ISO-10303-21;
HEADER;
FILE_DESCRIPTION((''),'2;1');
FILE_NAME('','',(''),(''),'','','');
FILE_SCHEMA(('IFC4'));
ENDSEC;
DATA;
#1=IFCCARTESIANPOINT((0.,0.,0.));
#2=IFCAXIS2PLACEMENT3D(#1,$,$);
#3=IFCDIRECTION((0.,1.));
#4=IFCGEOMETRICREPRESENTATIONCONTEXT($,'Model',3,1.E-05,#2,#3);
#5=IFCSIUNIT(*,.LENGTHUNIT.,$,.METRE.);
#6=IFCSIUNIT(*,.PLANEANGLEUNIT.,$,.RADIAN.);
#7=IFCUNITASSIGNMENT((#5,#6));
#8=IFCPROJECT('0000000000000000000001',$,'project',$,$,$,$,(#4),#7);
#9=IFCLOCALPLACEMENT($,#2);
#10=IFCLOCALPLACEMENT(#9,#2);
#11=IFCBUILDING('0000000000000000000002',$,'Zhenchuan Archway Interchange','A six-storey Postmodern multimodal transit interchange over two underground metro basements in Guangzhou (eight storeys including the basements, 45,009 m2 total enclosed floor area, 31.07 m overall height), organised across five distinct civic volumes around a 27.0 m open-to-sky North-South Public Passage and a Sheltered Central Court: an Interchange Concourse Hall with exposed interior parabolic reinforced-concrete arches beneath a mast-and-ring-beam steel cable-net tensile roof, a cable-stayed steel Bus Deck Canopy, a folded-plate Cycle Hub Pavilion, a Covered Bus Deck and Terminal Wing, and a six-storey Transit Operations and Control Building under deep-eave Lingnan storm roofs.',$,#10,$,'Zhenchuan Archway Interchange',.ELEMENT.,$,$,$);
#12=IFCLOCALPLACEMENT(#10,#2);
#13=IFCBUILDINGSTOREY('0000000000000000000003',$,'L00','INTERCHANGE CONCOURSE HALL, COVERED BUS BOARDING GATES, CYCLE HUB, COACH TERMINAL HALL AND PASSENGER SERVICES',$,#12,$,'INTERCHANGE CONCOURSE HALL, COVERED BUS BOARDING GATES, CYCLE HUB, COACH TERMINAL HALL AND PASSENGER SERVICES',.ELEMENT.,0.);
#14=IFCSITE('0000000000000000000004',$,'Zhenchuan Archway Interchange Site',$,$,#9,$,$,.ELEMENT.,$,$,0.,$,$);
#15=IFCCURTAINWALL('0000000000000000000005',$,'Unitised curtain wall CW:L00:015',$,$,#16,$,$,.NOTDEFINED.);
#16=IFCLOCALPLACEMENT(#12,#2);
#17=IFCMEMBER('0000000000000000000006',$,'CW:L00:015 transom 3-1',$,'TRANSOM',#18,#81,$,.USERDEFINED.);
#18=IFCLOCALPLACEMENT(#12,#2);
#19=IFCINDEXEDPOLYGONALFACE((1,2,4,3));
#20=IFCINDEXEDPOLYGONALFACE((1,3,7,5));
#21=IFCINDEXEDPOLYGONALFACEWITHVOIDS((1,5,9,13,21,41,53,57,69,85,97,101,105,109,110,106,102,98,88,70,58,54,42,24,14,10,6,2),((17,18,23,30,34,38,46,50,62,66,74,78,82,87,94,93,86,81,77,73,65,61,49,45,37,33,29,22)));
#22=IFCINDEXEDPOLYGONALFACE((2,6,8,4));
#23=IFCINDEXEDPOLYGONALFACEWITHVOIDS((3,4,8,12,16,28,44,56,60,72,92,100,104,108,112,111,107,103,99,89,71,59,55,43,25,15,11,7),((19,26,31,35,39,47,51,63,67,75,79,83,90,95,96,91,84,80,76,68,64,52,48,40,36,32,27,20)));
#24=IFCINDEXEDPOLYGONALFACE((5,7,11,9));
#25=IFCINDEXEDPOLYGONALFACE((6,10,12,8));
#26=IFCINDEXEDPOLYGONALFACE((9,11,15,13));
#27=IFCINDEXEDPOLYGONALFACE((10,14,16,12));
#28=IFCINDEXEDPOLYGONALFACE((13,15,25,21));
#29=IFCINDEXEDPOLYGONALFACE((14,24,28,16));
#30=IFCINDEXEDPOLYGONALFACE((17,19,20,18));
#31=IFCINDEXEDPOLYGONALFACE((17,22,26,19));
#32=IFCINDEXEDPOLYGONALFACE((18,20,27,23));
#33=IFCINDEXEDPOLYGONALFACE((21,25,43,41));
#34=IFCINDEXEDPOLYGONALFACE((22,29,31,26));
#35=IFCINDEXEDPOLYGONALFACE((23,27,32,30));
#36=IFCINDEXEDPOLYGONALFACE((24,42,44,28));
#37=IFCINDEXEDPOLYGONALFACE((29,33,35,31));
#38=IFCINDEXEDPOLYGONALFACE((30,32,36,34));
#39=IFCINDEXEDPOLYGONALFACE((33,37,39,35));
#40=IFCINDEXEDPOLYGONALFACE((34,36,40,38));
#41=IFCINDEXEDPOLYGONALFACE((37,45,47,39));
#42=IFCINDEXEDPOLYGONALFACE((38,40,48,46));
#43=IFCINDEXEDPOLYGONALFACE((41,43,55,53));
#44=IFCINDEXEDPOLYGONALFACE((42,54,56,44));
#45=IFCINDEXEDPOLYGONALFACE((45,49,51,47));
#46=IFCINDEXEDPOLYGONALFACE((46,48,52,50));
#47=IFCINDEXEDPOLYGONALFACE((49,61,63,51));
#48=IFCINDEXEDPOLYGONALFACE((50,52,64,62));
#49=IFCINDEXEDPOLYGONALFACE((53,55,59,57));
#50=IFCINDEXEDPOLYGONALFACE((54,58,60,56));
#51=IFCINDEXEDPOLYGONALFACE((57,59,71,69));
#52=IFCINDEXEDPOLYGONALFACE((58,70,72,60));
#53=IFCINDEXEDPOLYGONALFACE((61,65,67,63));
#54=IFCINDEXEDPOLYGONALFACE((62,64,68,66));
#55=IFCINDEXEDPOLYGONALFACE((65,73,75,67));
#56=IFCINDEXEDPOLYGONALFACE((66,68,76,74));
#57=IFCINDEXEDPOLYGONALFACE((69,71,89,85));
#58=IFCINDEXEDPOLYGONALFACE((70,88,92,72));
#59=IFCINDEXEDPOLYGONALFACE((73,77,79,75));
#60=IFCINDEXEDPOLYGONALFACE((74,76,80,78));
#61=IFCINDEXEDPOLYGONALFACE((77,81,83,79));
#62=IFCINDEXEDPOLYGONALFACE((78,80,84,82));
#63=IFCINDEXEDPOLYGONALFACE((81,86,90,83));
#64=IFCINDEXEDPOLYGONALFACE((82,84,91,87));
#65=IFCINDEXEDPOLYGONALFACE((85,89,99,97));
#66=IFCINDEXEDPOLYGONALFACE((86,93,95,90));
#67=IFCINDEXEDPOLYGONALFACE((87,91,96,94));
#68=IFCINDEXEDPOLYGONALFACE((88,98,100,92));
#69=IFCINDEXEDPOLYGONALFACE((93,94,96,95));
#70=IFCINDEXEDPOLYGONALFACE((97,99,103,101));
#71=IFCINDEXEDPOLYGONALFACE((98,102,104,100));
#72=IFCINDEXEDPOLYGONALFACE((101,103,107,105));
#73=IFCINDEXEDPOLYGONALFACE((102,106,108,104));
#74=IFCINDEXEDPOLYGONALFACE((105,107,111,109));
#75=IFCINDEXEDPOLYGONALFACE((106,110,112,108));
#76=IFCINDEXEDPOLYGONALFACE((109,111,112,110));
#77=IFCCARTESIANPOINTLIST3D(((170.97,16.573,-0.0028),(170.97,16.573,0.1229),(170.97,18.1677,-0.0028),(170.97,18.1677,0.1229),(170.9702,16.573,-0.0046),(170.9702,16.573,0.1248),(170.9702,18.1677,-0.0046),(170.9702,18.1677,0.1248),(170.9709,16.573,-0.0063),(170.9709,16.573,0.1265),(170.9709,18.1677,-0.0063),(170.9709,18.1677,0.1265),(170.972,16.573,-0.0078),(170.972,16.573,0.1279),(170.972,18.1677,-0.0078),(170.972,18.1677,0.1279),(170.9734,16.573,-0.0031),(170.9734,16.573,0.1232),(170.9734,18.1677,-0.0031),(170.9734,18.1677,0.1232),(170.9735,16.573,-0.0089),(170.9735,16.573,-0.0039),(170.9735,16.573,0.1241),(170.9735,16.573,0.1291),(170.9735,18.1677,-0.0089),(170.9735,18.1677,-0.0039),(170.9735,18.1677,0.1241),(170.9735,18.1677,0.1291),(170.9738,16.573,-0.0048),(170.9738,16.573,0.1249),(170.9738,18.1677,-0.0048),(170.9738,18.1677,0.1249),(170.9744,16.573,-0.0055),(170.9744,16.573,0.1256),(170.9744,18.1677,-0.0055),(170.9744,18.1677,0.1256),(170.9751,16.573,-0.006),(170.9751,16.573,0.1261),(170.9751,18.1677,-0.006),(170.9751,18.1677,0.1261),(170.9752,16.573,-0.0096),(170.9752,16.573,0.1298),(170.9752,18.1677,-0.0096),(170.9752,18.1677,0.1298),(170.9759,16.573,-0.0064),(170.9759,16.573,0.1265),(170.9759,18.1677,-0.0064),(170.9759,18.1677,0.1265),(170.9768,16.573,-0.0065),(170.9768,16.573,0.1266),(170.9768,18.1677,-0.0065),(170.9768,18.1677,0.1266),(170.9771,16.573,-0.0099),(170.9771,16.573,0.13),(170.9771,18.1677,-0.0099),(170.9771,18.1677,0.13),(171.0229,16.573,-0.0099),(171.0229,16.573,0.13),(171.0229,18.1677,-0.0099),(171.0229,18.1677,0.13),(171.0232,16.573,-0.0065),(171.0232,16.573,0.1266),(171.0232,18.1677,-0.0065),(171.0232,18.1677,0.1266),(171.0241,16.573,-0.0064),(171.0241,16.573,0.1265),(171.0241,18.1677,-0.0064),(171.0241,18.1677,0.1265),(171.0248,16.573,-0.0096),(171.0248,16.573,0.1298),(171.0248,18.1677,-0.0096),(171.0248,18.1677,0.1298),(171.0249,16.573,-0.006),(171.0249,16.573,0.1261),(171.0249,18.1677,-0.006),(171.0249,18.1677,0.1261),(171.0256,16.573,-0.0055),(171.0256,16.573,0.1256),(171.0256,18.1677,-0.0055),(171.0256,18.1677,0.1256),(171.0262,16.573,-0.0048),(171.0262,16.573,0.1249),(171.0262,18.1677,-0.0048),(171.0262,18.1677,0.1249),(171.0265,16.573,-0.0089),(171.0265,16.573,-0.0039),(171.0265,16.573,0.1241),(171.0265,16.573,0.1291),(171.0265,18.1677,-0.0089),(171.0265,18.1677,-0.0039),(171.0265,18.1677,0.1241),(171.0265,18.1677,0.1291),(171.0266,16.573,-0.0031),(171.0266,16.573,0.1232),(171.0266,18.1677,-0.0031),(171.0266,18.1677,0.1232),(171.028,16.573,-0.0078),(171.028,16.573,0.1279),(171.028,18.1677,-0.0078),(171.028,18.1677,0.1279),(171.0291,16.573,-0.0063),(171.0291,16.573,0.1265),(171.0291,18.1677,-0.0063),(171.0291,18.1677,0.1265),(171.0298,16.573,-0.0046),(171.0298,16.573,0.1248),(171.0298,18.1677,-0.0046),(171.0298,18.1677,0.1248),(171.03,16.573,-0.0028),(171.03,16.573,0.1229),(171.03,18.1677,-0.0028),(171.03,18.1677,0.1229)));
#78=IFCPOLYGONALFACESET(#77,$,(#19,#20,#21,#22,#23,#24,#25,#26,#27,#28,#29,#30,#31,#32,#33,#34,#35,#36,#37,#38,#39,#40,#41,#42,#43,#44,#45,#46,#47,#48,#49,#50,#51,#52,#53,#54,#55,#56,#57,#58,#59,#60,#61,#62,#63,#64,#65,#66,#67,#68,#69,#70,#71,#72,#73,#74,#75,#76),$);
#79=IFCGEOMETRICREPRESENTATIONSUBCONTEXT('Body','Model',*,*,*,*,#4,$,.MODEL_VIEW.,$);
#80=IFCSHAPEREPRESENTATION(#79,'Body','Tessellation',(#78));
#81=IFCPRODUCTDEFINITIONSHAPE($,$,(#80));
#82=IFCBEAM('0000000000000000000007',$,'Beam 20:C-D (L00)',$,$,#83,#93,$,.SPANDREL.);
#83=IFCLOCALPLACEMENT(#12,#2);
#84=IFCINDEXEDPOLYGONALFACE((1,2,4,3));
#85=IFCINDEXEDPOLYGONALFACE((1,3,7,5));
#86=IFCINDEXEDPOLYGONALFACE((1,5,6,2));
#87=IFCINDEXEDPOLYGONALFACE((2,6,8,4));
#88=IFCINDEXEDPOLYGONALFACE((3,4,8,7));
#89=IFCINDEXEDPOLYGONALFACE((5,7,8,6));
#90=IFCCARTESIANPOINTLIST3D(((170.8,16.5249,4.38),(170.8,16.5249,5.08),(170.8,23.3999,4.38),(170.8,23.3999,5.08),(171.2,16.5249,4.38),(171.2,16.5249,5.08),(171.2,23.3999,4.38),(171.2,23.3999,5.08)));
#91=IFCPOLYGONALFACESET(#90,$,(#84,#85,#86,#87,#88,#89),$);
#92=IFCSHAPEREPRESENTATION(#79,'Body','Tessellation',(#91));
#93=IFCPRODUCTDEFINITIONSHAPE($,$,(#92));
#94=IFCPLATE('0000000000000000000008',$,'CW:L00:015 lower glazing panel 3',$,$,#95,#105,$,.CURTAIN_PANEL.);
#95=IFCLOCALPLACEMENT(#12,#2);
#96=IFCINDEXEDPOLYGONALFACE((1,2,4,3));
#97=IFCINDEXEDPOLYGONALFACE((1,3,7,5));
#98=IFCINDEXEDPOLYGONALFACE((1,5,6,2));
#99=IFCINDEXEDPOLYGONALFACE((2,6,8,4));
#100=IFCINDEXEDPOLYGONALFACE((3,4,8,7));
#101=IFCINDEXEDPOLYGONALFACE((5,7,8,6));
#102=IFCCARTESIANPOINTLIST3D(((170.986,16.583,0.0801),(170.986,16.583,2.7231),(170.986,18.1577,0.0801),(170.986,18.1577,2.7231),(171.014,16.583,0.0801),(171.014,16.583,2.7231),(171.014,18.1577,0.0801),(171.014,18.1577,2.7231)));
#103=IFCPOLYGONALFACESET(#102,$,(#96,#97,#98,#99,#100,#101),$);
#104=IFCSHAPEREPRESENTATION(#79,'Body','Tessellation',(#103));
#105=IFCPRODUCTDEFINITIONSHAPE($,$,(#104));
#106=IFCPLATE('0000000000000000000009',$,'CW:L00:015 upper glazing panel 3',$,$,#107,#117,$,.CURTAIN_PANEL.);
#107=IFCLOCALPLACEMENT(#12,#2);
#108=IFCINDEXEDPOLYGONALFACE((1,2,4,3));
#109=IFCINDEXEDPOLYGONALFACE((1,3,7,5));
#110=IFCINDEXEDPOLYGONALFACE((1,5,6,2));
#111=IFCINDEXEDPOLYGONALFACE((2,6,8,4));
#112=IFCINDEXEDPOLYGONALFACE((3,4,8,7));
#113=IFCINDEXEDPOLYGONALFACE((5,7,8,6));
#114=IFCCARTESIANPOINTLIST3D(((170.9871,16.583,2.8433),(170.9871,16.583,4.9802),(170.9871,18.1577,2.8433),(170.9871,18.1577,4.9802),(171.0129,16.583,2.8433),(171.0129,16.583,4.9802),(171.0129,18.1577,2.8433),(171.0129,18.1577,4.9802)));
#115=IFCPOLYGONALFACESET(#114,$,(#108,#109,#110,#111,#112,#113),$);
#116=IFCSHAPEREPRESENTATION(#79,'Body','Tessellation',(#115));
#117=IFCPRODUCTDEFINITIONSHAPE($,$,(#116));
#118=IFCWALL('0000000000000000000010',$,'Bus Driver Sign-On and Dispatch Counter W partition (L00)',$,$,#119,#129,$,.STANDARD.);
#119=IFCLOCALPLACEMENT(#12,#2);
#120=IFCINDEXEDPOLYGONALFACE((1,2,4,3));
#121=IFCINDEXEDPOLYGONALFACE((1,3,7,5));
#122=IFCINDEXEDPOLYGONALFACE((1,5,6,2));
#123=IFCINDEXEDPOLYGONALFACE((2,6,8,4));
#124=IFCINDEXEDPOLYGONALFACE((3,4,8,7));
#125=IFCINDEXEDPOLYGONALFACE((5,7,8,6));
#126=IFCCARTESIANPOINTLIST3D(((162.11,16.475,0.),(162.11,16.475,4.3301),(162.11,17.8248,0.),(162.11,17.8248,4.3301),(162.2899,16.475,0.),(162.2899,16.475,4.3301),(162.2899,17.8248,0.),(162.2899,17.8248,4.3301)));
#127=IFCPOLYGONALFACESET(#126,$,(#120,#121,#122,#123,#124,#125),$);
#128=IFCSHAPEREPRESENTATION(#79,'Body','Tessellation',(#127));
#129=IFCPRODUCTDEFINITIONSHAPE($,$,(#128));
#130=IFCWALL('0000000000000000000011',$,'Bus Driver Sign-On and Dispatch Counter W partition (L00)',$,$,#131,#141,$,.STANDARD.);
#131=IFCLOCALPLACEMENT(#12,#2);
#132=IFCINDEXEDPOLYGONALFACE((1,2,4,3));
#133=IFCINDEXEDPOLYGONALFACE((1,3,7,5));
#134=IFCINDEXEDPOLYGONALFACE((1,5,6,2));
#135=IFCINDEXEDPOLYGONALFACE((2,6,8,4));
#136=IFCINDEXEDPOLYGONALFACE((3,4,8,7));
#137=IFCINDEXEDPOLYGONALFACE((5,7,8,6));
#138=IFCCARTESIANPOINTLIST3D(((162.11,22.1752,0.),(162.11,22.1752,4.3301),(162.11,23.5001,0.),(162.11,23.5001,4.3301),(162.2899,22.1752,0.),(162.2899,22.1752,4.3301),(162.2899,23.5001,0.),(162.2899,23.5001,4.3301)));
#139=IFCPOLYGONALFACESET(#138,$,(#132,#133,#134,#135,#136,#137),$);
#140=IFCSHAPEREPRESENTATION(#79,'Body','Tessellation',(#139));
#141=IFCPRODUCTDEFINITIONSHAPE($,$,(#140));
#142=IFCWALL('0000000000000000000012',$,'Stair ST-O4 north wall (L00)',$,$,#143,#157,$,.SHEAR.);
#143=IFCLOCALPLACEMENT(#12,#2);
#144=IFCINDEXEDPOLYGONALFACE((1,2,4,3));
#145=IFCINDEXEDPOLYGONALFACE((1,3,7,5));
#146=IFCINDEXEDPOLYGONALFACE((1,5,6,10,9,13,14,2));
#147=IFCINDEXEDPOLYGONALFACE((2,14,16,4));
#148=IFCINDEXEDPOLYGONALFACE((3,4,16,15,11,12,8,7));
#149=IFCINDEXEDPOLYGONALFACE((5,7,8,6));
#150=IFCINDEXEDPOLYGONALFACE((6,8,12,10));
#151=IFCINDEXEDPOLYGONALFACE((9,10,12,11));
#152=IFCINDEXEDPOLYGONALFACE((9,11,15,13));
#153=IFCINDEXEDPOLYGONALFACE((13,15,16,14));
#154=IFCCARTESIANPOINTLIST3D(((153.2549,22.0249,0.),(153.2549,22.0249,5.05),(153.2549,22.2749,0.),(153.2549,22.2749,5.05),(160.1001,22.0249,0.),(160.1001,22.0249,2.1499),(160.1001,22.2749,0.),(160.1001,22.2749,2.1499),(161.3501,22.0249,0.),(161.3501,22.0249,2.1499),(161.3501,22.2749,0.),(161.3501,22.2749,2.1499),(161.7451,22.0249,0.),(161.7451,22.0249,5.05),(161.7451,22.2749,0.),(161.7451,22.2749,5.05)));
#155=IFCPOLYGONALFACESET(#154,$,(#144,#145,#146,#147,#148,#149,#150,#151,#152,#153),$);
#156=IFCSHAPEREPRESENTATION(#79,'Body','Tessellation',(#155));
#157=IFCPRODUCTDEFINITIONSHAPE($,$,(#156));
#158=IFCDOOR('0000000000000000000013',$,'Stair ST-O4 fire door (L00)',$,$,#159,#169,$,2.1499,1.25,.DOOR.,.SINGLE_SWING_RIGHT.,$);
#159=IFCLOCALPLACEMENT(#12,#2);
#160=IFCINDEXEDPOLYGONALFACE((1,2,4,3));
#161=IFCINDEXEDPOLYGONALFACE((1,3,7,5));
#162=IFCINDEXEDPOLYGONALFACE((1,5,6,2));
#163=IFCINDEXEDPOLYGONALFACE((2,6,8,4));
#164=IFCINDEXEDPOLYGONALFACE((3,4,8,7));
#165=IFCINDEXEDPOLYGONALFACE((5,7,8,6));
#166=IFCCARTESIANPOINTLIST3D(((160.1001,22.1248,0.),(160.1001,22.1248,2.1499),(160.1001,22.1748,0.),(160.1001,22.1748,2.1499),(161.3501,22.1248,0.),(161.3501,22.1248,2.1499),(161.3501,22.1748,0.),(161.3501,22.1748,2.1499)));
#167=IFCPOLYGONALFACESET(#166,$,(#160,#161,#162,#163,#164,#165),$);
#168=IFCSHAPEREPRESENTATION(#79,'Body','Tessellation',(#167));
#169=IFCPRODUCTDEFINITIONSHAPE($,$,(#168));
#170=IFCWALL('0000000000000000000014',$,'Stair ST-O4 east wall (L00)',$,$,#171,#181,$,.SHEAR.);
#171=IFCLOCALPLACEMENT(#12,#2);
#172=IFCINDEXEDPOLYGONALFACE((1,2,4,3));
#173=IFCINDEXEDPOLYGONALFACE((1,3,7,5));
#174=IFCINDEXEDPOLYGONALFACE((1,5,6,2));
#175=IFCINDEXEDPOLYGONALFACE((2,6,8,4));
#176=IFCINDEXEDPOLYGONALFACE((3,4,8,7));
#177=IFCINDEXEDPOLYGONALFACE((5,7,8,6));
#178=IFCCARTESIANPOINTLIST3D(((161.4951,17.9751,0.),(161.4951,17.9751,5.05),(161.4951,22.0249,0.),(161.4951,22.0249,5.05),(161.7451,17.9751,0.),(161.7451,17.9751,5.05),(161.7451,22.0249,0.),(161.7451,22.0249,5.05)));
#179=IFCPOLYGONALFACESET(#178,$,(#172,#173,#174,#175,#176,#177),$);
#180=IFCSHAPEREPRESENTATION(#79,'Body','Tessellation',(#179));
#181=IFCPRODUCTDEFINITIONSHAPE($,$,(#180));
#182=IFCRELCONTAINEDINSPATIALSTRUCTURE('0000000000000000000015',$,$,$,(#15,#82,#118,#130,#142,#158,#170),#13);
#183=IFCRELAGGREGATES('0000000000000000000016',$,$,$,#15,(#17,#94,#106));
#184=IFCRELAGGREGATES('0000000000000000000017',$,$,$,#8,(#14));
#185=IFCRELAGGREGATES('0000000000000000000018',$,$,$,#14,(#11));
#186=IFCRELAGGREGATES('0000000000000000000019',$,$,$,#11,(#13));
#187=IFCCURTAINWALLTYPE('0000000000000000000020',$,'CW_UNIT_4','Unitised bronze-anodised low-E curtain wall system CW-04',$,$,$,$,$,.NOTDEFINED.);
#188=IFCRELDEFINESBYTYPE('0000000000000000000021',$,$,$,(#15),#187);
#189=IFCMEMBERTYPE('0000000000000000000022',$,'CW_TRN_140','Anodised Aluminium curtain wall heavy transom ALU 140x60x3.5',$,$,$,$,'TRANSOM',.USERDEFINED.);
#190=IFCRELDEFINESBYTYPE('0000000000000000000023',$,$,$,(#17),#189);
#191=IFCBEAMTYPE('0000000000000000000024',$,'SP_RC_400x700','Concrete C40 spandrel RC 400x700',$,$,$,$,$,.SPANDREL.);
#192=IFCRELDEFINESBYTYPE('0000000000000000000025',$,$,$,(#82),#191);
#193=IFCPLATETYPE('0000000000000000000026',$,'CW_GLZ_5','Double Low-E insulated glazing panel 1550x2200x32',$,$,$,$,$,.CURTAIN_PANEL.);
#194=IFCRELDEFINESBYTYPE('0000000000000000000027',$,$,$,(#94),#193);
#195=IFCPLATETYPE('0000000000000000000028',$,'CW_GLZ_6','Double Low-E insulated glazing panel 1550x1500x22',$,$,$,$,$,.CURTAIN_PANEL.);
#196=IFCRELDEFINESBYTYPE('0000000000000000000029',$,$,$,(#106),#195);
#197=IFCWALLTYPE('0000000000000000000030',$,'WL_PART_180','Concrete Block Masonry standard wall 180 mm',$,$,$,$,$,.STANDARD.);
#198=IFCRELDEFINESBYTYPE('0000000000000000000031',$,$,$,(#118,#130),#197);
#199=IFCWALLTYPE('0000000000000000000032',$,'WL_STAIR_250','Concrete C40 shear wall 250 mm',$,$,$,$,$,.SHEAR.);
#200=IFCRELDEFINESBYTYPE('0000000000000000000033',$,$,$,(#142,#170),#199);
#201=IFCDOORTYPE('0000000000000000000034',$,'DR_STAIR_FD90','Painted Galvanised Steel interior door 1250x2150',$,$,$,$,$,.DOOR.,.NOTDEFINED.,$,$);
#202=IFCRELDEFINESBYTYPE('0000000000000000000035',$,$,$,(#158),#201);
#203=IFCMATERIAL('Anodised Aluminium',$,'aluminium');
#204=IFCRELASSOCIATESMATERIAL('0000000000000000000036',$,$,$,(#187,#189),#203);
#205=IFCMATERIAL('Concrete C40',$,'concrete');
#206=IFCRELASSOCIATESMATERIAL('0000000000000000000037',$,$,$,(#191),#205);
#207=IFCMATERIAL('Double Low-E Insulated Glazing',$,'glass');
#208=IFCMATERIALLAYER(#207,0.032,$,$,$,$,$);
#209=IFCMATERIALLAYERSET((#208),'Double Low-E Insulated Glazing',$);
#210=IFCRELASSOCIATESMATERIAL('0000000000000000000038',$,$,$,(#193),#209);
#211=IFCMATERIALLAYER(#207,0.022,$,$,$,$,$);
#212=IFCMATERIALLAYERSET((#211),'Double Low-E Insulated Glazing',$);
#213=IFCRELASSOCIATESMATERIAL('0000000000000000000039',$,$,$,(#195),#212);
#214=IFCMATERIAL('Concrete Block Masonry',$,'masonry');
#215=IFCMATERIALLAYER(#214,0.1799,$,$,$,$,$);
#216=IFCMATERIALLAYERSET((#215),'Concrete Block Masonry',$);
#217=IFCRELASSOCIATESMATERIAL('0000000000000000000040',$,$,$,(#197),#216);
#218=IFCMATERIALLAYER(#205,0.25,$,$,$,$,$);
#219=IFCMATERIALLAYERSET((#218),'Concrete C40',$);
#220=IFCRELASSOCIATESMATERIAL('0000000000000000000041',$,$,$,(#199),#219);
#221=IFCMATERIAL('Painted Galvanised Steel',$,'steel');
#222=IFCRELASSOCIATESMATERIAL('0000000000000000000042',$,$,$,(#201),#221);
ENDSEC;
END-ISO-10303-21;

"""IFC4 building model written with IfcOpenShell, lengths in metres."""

from ifc_helpers import new_model, si_unit, direction, frame, frame_2d, origin, origin_2d, place, context, subcontext, project, spatial, rectangle, hollow_rectangle, extrude, material, layer, layer_set, material_profile, profile_set, type_object, element, fill, aggregate, save


model = new_model("IFC4")

# Units and contexts
model_context = context("Model", 3, precision=1e-05, world=origin(), true_north=direction((0.0, 1.0)))
body_context = subcontext(model_context, "Body", "Model", "MODEL_VIEW")
ifc_project = project(units=[si_unit("LENGTHUNIT", "METRE"), si_unit("PLANEANGLEUNIT", "RADIAN")], contexts=[model_context])

# Site, building, storey
site_placement = place(None, origin())
site = spatial("IfcSite", under=ifc_project, at=site_placement, Name="Zhenchuan Archway Interchange Site", CompositionType="ELEMENT", RefElevation=0.0)
building_placement = place(site_placement, origin())
building = spatial("IfcBuilding", under=site, at=building_placement, Name="Zhenchuan Archway Interchange", Description="A six-storey Postmodern multimodal transit interchange over two underground metro basements in Guangzhou (eight storeys including the basements, 45,009 m2 total enclosed floor area, 31.07 m overall height), organised across five distinct civic volumes around a 27.0 m open-to-sky North-South Public Passage and a Sheltered Central Court: an Interchange Concourse Hall with exposed interior parabolic reinforced-concrete arches beneath a mast-and-ring-beam steel cable-net tensile roof, a cable-stayed steel Bus Deck Canopy, a folded-plate Cycle Hub Pavilion, a Covered Bus Deck and Terminal Wing, and a six-storey Transit Operations and Control Building under deep-eave Lingnan storm roofs.", LongName="Zhenchuan Archway Interchange", CompositionType="ELEMENT")
storey_placement = place(building_placement, origin())
storey = spatial("IfcBuildingStorey", under=building, at=storey_placement, Name="L00", Description="INTERCHANGE CONCOURSE HALL, COVERED BUS BOARDING GATES, CYCLE HUB, COACH TERMINAL HALL AND PASSENGER SERVICES", LongName="INTERCHANGE CONCOURSE HALL, COVERED BUS BOARDING GATES, CYCLE HUB, COACH TERMINAL HALL AND PASSENGER SERVICES", CompositionType="ELEMENT", Elevation=0.0)

# Shared definitions
ifc_material_1 = material(Name="Concrete C40", Category="concrete")

# Curtain wall, member
ifc_material_2 = material(Name="Anodised Aluminium", Category="aluminium")
curtain_wall_type = type_object("IfcCurtainWallType", Name="CW_UNIT_4", Description="Unitised bronze-anodised low-E curtain wall system CW-04", PredefinedType="NOTDEFINED", material=ifc_material_2)
curtain_wall_placement = place(storey_placement, origin())
curtain_wall = element("IfcCurtainWall", 1, at=curtain_wall_placement, inside=storey, type_object=curtain_wall_type, Name="Unitised curtain wall CW:L00:015", PredefinedType="NOTDEFINED")
ifc_material_profile_1 = material_profile(ifc_material_2, hollow_rectangle(XDim=0.0601, YDim=0.1399, WallThickness=0.0034, InnerFilletRadius=0.0034, OuterFilletRadius=0.0071, at=origin_2d()), Name="ALU 140x60x3.5")
ifc_profile_set_1 = profile_set([ifc_material_profile_1], Name="Anodised Aluminium")
member_type_1 = type_object("IfcMemberType", Name="CW_TRN_140", Description="Anodised Aluminium curtain wall heavy transom ALU 140x60x3.5", ElementType="TRANSOM", PredefinedType="USERDEFINED", material=ifc_profile_set_1)
member_1_placement = place(storey_placement, frame((171.0, 18.1677, 0.0601), z_axis=(0.0, -1.0, 0.0), x_axis=(1.0, 0.0, 0.0)))
member_1 = element("IfcMember", 2, at=member_1_placement, type_object=member_type_1, Name="CW:L00:015 transom 3-1", ObjectType="TRANSOM", PredefinedType="USERDEFINED", context=body_context, shape_type="SweptSolid", body=[
    extrude(hollow_rectangle(XDim=0.0601, YDim=0.1399, WallThickness=0.0034, InnerFilletRadius=0.0034, OuterFilletRadius=0.0071, at=origin_2d()), origin(), (0.0, 0.0, 1.0), 1.5947),
])

# Beam
ifc_material_profile_2 = material_profile(ifc_material_1, rectangle(XDim=0.3999, YDim=0.7, at=origin_2d()), Name="RC 400x700")
ifc_profile_set_2 = profile_set([ifc_material_profile_2], Name="Concrete C40")
beam_type_1 = type_object("IfcBeamType", Name="SP_RC_400x700", Description="Concrete C40 spandrel RC 400x700", PredefinedType="SPANDREL", material=ifc_profile_set_2)
beam_1_placement = place(storey_placement, frame((171.0, 16.5249, 4.73), z_axis=(0.0, 1.0, 0.0), x_axis=(-1.0, 0.0, 0.0)))
element("IfcBeam", 3, at=beam_1_placement, inside=storey, type_object=beam_type_1, Name="Beam 20:C-D (L00)", PredefinedType="SPANDREL", context=body_context, shape_type="SweptSolid", body=[
    extrude(rectangle(XDim=0.3999, YDim=0.7, at=origin_2d()), origin(), (0.0, 0.0, 1.0), 6.875),
])

# Plates
ifc_material_3 = material(Name="Double Low-E Insulated Glazing", Category="glass")
ifc_layer_1 = layer(ifc_material_3, 0.032)
ifc_layer_set_1 = layer_set([ifc_layer_1], Name="Double Low-E Insulated Glazing")
plate_type_1 = type_object("IfcPlateType", Name="CW_GLZ_5", Description="Double Low-E insulated glazing panel 1550x2200x32", PredefinedType="CURTAIN_PANEL", material=ifc_layer_set_1)
plate_1_placement = place(storey_placement, frame((171.0, 17.3704, 0.0801), z_axis=(0.0, 0.0, 1.0), x_axis=(0.0, -1.0, 0.0)))
plate_1 = element("IfcPlate", 4, at=plate_1_placement, type_object=plate_type_1, Name="CW:L00:015 lower glazing panel 3", PredefinedType="CURTAIN_PANEL", context=body_context, shape_type="SweptSolid", body=[
    extrude(rectangle(XDim=1.5747, YDim=0.0281, at=origin_2d()), origin(), (0.0, 0.0, 1.0), 2.6431),
])
ifc_layer_2 = layer(ifc_material_3, 0.022)
ifc_layer_set_2 = layer_set([ifc_layer_2], Name="Double Low-E Insulated Glazing")
plate_type_2 = type_object("IfcPlateType", Name="CW_GLZ_6", Description="Double Low-E insulated glazing panel 1550x1500x22", PredefinedType="CURTAIN_PANEL", material=ifc_layer_set_2)
plate_2_placement = place(storey_placement, frame((171.0, 17.3704, 2.8433), z_axis=(0.0, 0.0, 1.0), x_axis=(0.0, -1.0, 0.0)))
plate_2 = element("IfcPlate", 5, at=plate_2_placement, type_object=plate_type_2, Name="CW:L00:015 upper glazing panel 3", PredefinedType="CURTAIN_PANEL", context=body_context, shape_type="SweptSolid", body=[
    extrude(rectangle(XDim=1.5747, YDim=0.0259, at=origin_2d()), origin(), (0.0, 0.0, 1.0), 2.137),
])
aggregate(curtain_wall, [member_1, plate_1, plate_2])

# Walls
ifc_material_4 = material(Name="Concrete Block Masonry", Category="masonry")
ifc_layer_3 = layer(ifc_material_4, 0.1799)
ifc_layer_set_3 = layer_set([ifc_layer_3], Name="Concrete Block Masonry")
wall_type_1 = type_object("IfcWallType", Name="WL_PART_180", Description="Concrete Block Masonry standard wall 180 mm", PredefinedType="STANDARD", material=ifc_layer_set_3)
wall_1_placement = place(storey_placement, frame((162.2, 16.4751, 0.0), z_axis=(0.0, 0.0, 1.0), x_axis=(0.0, 1.0, 0.0)))
element("IfcWall", 6, at=wall_1_placement, inside=storey, type_object=wall_type_1, Name="Bus Driver Sign-On and Dispatch Counter W partition (L00)", PredefinedType="STANDARD", context=body_context, shape_type="SweptSolid", body=[
    extrude(rectangle(XDim=1.3499, YDim=0.1799, at=frame_2d((0.6748, 0.0))), origin(), (0.0, 0.0, 1.0), 4.3301),
])
wall_2_placement = place(storey_placement, frame((162.2, 22.175, 0.0), z_axis=(0.0, 0.0, 1.0), x_axis=(0.0, 1.0, 0.0)))
element("IfcWall", 7, at=wall_2_placement, inside=storey, type_object=wall_type_1, Name="Bus Driver Sign-On and Dispatch Counter W partition (L00)", PredefinedType="STANDARD", context=body_context, shape_type="SweptSolid", body=[
    extrude(rectangle(XDim=1.325, YDim=0.1799, at=frame_2d((0.6626, 0.0))), origin(), (0.0, 0.0, 1.0), 4.3301),
])

# Wall, opening, door
ifc_layer_4 = layer(ifc_material_1, 0.25)
ifc_layer_set_4 = layer_set([ifc_layer_4], Name="Concrete C40")
wall_type_2 = type_object("IfcWallType", Name="WL_STAIR_250", Description="Concrete C40 shear wall 250 mm", PredefinedType="SHEAR", material=ifc_layer_set_4)
wall_3_placement = place(storey_placement, frame((161.7451, 22.1499, 0.0), z_axis=(0.0, 0.0, 1.0), x_axis=(-1.0, 0.0, 0.0)))
wall_3 = element("IfcWall", 8, at=wall_3_placement, inside=storey, type_object=wall_type_2, Name="Stair ST-O4 north wall (L00)", PredefinedType="SHEAR", context=body_context, shape_type="SweptSolid", body=[
    extrude(rectangle(XDim=8.4902, YDim=0.25, at=frame_2d((4.2451, 0.0))), origin(), (0.0, 0.0, 1.0), 5.05),
])
opening_placement = place(wall_3_placement, frame((0.395, 0.0, 0.0)))
opening = element("IfcOpeningElement", 9, at=opening_placement, cuts=wall_3, PredefinedType="OPENING", context=body_context, shape_type="SweptSolid", body=[
    extrude(rectangle(XDim=1.25, YDim=2.1499, at=frame_2d((0.625, 1.075))), frame((0.0, 0.137, 0.0), z_axis=(0.0, -1.0, 0.0), x_axis=(1.0, 0.0, 0.0)), (0.0, 0.0, 1.0), 0.2739),
])
ifc_material_5 = material(Name="Painted Galvanised Steel", Category="steel")
door_type = type_object("IfcDoorType", Name="DR_STAIR_FD90", Description="Painted Galvanised Steel interior door 1250x2150", OperationType="NOTDEFINED", PredefinedType="DOOR", material=ifc_material_5)
door_placement = place(opening_placement, frame((1.25, 0.0, 0.0), z_axis=(0.0, 0.0, 1.0), x_axis=(-1.0, 0.0, 0.0)))
door = element("IfcDoor", 10, at=door_placement, inside=storey, type_object=door_type, Name="Stair ST-O4 fire door (L00)", OperationType="SINGLE_SWING_RIGHT", OverallHeight=2.1499, OverallWidth=1.25, PredefinedType="DOOR", context=body_context, shape_type="SweptSolid", body=[
    extrude(rectangle(XDim=1.25, YDim=2.1499, at=frame_2d((0.625, 1.075))), frame((0.0, 0.0249, 0.0), z_axis=(0.0, -1.0, 0.0), x_axis=(1.0, 0.0, 0.0)), (0.0, 0.0, 1.0), 0.05),
])
fill(opening, door)

# Wall
wall_4_placement = place(storey_placement, frame((161.6201, 17.9751, 0.0), z_axis=(0.0, 0.0, 1.0), x_axis=(0.0, 1.0, 0.0)))
element("IfcWall", 11, at=wall_4_placement, inside=storey, type_object=wall_type_2, Name="Stair ST-O4 east wall (L00)", PredefinedType="SHEAR", context=body_context, shape_type="SweptSolid", body=[
    extrude(rectangle(XDim=4.0498, YDim=0.25, at=frame_2d((2.0249, 0.0))), origin(), (0.0, 0.0, 1.0), 5.05),
])

save(model, "model.ifc")
